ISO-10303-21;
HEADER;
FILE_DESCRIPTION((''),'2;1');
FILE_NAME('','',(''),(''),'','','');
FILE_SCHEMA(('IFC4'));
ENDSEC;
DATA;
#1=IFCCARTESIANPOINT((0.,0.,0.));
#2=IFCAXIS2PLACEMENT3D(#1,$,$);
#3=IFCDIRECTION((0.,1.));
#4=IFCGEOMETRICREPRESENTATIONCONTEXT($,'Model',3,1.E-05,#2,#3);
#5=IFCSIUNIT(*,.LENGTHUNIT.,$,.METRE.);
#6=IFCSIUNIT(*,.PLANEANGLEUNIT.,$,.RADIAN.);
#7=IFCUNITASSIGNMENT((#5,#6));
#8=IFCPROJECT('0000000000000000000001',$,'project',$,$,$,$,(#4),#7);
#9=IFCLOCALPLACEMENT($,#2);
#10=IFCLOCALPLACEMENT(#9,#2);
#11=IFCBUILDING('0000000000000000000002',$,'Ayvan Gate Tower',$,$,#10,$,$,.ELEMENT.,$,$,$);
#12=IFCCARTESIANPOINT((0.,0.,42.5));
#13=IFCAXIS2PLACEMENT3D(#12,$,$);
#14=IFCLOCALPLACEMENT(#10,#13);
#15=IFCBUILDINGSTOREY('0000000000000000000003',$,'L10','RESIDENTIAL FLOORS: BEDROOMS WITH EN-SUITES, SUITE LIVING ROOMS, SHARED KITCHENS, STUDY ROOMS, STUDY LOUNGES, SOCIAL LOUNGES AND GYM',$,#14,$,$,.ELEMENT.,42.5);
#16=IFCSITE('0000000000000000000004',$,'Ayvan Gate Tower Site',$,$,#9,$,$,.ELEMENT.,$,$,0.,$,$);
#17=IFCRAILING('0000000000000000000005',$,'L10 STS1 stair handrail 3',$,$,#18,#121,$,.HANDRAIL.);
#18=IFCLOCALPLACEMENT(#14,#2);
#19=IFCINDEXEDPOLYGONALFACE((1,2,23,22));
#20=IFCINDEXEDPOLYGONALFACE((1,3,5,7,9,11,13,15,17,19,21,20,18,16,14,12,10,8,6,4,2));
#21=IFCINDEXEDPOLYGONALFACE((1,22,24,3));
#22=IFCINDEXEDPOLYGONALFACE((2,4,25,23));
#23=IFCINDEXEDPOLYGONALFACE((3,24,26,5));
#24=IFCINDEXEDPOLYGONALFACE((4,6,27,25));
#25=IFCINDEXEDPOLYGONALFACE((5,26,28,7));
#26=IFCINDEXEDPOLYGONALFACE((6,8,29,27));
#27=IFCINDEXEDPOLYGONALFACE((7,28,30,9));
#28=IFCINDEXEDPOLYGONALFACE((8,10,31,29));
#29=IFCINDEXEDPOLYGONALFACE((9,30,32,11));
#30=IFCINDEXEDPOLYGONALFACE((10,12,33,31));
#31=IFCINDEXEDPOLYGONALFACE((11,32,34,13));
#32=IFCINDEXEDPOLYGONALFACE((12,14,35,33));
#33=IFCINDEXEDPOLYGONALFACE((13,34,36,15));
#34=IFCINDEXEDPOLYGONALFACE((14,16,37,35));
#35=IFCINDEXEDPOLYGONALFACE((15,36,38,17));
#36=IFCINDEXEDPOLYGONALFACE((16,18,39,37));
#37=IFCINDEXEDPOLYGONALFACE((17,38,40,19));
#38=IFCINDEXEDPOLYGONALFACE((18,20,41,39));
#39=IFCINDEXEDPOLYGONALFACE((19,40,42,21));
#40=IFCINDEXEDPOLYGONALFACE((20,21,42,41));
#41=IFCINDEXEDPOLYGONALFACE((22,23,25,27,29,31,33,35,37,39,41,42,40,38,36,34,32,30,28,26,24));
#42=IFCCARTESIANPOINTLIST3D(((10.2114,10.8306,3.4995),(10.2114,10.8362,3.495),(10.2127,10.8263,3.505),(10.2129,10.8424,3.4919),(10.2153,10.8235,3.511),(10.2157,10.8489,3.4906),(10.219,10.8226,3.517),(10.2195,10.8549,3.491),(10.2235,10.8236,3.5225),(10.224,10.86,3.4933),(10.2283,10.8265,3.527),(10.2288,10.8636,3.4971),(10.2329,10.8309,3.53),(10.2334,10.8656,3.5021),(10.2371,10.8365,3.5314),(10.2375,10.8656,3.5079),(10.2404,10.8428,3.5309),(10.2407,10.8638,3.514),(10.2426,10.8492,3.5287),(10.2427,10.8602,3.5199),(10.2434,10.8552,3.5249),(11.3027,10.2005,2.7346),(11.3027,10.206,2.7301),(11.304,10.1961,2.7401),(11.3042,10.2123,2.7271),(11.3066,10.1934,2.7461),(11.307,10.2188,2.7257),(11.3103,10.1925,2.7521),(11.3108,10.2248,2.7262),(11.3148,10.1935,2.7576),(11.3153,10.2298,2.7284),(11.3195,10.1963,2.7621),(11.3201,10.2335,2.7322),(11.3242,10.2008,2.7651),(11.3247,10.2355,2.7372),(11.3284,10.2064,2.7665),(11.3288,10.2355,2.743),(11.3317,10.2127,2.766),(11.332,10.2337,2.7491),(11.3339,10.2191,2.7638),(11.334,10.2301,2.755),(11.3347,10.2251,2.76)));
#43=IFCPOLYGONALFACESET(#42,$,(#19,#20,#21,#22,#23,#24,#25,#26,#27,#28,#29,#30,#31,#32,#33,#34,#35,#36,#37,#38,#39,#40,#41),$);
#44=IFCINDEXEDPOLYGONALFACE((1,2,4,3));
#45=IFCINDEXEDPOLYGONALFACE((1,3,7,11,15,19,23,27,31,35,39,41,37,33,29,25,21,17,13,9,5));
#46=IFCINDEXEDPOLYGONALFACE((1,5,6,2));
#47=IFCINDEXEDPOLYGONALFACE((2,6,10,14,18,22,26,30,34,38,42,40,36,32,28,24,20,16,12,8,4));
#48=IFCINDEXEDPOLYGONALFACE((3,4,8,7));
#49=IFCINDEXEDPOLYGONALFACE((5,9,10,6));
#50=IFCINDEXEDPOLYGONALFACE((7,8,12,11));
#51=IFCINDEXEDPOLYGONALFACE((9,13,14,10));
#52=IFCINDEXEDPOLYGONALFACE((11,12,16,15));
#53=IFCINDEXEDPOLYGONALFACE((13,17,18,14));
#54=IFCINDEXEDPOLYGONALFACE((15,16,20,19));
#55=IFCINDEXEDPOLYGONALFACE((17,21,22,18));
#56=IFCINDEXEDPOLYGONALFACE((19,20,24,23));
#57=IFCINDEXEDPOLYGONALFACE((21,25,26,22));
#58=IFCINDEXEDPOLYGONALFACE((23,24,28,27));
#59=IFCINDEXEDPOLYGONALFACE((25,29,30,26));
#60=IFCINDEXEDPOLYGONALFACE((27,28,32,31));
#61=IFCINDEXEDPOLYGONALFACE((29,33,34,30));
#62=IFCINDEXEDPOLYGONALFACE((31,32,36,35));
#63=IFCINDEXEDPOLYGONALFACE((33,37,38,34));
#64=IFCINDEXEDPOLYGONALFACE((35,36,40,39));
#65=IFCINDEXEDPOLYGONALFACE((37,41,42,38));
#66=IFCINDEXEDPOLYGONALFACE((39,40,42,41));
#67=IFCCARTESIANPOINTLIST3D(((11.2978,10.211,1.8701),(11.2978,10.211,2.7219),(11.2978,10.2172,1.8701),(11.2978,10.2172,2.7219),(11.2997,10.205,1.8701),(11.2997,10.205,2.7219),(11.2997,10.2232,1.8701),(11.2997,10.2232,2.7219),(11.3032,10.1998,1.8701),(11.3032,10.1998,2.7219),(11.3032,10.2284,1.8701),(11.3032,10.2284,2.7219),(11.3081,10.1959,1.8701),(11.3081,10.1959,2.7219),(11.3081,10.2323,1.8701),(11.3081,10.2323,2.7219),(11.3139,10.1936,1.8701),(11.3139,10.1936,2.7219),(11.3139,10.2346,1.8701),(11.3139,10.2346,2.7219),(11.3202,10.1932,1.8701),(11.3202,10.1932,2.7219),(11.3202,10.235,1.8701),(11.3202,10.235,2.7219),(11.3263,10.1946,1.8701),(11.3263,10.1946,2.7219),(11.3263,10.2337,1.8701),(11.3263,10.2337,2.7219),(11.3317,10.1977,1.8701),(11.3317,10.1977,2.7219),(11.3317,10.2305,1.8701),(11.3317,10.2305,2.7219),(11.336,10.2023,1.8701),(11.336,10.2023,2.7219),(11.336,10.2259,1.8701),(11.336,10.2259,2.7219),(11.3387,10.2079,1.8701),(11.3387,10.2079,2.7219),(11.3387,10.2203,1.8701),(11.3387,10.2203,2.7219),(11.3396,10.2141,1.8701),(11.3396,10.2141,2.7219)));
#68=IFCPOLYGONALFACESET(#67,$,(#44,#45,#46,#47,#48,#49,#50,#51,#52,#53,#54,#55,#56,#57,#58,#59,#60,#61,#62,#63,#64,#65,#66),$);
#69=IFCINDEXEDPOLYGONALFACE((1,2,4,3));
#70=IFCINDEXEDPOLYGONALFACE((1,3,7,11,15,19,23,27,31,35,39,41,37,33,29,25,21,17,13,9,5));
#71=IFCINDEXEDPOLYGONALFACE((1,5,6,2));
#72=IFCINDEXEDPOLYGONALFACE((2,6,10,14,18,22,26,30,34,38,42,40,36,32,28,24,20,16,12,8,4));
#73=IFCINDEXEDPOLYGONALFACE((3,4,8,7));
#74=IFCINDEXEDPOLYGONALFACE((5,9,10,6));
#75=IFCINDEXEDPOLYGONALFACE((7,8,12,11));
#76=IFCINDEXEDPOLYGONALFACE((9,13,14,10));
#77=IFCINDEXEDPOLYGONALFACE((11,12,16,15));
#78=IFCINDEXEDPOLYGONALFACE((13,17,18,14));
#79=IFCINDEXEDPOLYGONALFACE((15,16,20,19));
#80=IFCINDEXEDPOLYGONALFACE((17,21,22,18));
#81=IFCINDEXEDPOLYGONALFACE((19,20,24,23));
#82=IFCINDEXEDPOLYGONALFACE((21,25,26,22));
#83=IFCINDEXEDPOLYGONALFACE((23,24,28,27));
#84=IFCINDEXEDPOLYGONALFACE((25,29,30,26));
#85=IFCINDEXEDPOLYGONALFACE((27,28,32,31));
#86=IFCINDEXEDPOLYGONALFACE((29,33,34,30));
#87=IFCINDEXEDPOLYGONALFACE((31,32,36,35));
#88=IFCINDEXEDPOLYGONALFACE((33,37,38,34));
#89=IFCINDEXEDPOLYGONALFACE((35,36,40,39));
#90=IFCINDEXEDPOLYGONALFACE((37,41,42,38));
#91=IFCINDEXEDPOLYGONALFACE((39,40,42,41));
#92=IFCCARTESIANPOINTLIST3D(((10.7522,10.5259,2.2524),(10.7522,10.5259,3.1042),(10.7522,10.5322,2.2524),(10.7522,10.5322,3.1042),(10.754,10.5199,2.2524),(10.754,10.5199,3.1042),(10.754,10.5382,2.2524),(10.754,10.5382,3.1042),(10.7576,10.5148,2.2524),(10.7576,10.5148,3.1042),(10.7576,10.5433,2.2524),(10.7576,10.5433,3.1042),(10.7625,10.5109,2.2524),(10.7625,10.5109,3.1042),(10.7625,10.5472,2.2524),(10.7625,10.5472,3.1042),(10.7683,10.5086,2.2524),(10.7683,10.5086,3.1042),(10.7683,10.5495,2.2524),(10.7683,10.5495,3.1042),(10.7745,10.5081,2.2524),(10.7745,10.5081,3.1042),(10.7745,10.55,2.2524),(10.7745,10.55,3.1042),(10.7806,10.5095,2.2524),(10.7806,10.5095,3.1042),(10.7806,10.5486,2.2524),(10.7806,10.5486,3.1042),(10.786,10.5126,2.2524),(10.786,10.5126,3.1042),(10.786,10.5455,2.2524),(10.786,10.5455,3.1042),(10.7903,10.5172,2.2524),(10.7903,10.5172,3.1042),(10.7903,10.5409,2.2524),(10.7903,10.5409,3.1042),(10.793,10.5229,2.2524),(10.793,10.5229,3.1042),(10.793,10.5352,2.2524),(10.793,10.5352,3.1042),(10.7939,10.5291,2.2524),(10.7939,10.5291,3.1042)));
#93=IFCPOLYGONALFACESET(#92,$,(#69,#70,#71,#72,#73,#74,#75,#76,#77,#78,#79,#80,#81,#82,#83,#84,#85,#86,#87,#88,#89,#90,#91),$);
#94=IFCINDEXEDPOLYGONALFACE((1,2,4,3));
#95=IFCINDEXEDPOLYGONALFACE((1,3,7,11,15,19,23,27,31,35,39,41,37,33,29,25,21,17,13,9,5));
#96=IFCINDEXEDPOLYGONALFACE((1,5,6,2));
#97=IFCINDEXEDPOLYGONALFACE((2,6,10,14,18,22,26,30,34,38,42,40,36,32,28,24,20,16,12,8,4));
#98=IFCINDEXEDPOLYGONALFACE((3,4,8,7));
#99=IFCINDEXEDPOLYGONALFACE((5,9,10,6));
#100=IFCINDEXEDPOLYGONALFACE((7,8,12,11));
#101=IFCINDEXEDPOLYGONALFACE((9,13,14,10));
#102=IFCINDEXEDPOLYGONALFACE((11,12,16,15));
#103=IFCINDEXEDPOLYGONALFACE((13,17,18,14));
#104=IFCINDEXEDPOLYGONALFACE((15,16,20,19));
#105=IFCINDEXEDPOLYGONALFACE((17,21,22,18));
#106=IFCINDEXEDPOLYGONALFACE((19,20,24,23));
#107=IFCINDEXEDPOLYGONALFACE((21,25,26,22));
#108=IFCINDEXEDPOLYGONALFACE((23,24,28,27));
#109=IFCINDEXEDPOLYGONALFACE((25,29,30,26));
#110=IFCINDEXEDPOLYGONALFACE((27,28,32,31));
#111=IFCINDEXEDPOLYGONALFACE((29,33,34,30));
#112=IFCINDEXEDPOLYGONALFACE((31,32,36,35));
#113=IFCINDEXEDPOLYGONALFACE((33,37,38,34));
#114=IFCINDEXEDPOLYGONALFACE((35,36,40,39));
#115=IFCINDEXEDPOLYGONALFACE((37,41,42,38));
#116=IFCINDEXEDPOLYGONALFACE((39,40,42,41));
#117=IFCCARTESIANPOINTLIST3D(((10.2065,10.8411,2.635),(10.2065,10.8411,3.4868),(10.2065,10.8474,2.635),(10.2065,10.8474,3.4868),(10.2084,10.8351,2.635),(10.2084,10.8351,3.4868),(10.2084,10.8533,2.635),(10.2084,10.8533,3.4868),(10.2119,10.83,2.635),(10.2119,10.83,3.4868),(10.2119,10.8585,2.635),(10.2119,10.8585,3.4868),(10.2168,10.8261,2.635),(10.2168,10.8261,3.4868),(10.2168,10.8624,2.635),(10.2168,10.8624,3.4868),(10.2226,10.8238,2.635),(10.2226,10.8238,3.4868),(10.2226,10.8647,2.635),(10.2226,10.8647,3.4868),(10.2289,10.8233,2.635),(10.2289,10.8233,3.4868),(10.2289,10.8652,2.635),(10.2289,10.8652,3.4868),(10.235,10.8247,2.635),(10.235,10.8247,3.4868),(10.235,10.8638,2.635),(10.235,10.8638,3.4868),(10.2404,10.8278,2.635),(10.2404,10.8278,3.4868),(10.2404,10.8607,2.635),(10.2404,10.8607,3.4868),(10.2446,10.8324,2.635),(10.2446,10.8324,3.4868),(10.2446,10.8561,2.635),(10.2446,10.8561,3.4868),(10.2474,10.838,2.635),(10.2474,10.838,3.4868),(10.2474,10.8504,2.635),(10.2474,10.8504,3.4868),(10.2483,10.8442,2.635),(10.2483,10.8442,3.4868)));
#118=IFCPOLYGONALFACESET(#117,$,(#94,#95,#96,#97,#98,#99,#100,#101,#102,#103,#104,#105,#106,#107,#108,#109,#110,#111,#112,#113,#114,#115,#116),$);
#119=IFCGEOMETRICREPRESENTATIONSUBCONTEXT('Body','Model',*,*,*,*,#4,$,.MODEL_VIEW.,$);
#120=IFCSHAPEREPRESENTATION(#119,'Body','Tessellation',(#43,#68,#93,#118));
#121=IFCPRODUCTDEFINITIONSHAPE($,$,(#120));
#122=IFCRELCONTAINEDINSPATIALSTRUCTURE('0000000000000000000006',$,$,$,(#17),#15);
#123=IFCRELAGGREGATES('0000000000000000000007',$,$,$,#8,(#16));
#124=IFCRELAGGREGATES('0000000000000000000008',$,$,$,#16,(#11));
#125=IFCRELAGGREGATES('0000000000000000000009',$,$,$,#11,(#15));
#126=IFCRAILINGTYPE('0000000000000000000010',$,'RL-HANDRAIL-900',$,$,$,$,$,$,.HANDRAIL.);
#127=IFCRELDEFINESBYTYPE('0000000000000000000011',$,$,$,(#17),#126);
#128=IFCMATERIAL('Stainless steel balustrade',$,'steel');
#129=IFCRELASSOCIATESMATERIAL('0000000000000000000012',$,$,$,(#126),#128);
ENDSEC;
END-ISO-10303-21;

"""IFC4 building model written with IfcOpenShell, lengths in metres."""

from ifc_helpers import new_model, si_unit, direction, frame, origin, origin_2d, place, context, subcontext, project, spatial, circle, extrude, material, type_object, element, save


model = new_model("IFC4")

# Units and contexts
model_context = context("Model", 3, precision=1e-05, world=origin(), true_north=direction((0.0, 1.0)))
body_context = subcontext(model_context, "Body", "Model", "MODEL_VIEW")
ifc_project = project(units=[si_unit("LENGTHUNIT", "METRE"), si_unit("PLANEANGLEUNIT", "RADIAN")], contexts=[model_context])

# Site, building, storey
site_placement = place(None, origin())
site = spatial("IfcSite", under=ifc_project, at=site_placement, Name="Ayvan Gate Tower Site", CompositionType="ELEMENT", RefElevation=0.0)
building_placement = place(site_placement, origin())
building = spatial("IfcBuilding", under=site, at=building_placement, Name="Ayvan Gate Tower", CompositionType="ELEMENT")
storey_placement = place(building_placement, frame((0.0, 0.0, 42.5)))
storey = spatial("IfcBuildingStorey", under=building, at=storey_placement, Name="L10", Description="RESIDENTIAL FLOORS: BEDROOMS WITH EN-SUITES, SUITE LIVING ROOMS, SHARED KITCHENS, STUDY ROOMS, STUDY LOUNGES, SOCIAL LOUNGES AND GYM", CompositionType="ELEMENT", Elevation=42.5)

# Railing
ifc_material_1 = material(Name="Stainless steel balustrade", Category="steel")
railing_type_1 = type_object("IfcRailingType", Name="RL-HANDRAIL-900", PredefinedType="HANDRAIL", material=ifc_material_1)
railing_1_placement = place(storey_placement, frame((11.3186, 10.2141, 1.8701)))
element("IfcRailing", 1, at=railing_1_placement, inside=storey, type_object=railing_type_1, Name="L10 STS1 stair handrail 3", PredefinedType="HANDRAIL", context=body_context, shape_type="SweptSolid", body=[
    extrude(circle(Radius=0.0239, at=origin_2d()), frame((0.0, 0.0, 0.876), z_axis=(-0.740304, 0.427455, 0.518875), x_axis=(-0.500035, -0.866005, 0.0)), (0.0, 0.0, 1.0), 1.4741),
    extrude(circle(Radius=0.021, at=origin_2d()), origin(), (0.0, 0.0, 1.0), 0.8518),
    extrude(circle(Radius=0.021, at=origin_2d()), frame((-0.5457, 0.3149, 0.3823)), (0.0, 0.0, 1.0), 0.8518),
    extrude(circle(Radius=0.021, at=origin_2d()), frame((-1.0913, 0.6301, 0.7649)), (0.0, 0.0, 1.0), 0.8518),
])

save(model, "model.ifc")
